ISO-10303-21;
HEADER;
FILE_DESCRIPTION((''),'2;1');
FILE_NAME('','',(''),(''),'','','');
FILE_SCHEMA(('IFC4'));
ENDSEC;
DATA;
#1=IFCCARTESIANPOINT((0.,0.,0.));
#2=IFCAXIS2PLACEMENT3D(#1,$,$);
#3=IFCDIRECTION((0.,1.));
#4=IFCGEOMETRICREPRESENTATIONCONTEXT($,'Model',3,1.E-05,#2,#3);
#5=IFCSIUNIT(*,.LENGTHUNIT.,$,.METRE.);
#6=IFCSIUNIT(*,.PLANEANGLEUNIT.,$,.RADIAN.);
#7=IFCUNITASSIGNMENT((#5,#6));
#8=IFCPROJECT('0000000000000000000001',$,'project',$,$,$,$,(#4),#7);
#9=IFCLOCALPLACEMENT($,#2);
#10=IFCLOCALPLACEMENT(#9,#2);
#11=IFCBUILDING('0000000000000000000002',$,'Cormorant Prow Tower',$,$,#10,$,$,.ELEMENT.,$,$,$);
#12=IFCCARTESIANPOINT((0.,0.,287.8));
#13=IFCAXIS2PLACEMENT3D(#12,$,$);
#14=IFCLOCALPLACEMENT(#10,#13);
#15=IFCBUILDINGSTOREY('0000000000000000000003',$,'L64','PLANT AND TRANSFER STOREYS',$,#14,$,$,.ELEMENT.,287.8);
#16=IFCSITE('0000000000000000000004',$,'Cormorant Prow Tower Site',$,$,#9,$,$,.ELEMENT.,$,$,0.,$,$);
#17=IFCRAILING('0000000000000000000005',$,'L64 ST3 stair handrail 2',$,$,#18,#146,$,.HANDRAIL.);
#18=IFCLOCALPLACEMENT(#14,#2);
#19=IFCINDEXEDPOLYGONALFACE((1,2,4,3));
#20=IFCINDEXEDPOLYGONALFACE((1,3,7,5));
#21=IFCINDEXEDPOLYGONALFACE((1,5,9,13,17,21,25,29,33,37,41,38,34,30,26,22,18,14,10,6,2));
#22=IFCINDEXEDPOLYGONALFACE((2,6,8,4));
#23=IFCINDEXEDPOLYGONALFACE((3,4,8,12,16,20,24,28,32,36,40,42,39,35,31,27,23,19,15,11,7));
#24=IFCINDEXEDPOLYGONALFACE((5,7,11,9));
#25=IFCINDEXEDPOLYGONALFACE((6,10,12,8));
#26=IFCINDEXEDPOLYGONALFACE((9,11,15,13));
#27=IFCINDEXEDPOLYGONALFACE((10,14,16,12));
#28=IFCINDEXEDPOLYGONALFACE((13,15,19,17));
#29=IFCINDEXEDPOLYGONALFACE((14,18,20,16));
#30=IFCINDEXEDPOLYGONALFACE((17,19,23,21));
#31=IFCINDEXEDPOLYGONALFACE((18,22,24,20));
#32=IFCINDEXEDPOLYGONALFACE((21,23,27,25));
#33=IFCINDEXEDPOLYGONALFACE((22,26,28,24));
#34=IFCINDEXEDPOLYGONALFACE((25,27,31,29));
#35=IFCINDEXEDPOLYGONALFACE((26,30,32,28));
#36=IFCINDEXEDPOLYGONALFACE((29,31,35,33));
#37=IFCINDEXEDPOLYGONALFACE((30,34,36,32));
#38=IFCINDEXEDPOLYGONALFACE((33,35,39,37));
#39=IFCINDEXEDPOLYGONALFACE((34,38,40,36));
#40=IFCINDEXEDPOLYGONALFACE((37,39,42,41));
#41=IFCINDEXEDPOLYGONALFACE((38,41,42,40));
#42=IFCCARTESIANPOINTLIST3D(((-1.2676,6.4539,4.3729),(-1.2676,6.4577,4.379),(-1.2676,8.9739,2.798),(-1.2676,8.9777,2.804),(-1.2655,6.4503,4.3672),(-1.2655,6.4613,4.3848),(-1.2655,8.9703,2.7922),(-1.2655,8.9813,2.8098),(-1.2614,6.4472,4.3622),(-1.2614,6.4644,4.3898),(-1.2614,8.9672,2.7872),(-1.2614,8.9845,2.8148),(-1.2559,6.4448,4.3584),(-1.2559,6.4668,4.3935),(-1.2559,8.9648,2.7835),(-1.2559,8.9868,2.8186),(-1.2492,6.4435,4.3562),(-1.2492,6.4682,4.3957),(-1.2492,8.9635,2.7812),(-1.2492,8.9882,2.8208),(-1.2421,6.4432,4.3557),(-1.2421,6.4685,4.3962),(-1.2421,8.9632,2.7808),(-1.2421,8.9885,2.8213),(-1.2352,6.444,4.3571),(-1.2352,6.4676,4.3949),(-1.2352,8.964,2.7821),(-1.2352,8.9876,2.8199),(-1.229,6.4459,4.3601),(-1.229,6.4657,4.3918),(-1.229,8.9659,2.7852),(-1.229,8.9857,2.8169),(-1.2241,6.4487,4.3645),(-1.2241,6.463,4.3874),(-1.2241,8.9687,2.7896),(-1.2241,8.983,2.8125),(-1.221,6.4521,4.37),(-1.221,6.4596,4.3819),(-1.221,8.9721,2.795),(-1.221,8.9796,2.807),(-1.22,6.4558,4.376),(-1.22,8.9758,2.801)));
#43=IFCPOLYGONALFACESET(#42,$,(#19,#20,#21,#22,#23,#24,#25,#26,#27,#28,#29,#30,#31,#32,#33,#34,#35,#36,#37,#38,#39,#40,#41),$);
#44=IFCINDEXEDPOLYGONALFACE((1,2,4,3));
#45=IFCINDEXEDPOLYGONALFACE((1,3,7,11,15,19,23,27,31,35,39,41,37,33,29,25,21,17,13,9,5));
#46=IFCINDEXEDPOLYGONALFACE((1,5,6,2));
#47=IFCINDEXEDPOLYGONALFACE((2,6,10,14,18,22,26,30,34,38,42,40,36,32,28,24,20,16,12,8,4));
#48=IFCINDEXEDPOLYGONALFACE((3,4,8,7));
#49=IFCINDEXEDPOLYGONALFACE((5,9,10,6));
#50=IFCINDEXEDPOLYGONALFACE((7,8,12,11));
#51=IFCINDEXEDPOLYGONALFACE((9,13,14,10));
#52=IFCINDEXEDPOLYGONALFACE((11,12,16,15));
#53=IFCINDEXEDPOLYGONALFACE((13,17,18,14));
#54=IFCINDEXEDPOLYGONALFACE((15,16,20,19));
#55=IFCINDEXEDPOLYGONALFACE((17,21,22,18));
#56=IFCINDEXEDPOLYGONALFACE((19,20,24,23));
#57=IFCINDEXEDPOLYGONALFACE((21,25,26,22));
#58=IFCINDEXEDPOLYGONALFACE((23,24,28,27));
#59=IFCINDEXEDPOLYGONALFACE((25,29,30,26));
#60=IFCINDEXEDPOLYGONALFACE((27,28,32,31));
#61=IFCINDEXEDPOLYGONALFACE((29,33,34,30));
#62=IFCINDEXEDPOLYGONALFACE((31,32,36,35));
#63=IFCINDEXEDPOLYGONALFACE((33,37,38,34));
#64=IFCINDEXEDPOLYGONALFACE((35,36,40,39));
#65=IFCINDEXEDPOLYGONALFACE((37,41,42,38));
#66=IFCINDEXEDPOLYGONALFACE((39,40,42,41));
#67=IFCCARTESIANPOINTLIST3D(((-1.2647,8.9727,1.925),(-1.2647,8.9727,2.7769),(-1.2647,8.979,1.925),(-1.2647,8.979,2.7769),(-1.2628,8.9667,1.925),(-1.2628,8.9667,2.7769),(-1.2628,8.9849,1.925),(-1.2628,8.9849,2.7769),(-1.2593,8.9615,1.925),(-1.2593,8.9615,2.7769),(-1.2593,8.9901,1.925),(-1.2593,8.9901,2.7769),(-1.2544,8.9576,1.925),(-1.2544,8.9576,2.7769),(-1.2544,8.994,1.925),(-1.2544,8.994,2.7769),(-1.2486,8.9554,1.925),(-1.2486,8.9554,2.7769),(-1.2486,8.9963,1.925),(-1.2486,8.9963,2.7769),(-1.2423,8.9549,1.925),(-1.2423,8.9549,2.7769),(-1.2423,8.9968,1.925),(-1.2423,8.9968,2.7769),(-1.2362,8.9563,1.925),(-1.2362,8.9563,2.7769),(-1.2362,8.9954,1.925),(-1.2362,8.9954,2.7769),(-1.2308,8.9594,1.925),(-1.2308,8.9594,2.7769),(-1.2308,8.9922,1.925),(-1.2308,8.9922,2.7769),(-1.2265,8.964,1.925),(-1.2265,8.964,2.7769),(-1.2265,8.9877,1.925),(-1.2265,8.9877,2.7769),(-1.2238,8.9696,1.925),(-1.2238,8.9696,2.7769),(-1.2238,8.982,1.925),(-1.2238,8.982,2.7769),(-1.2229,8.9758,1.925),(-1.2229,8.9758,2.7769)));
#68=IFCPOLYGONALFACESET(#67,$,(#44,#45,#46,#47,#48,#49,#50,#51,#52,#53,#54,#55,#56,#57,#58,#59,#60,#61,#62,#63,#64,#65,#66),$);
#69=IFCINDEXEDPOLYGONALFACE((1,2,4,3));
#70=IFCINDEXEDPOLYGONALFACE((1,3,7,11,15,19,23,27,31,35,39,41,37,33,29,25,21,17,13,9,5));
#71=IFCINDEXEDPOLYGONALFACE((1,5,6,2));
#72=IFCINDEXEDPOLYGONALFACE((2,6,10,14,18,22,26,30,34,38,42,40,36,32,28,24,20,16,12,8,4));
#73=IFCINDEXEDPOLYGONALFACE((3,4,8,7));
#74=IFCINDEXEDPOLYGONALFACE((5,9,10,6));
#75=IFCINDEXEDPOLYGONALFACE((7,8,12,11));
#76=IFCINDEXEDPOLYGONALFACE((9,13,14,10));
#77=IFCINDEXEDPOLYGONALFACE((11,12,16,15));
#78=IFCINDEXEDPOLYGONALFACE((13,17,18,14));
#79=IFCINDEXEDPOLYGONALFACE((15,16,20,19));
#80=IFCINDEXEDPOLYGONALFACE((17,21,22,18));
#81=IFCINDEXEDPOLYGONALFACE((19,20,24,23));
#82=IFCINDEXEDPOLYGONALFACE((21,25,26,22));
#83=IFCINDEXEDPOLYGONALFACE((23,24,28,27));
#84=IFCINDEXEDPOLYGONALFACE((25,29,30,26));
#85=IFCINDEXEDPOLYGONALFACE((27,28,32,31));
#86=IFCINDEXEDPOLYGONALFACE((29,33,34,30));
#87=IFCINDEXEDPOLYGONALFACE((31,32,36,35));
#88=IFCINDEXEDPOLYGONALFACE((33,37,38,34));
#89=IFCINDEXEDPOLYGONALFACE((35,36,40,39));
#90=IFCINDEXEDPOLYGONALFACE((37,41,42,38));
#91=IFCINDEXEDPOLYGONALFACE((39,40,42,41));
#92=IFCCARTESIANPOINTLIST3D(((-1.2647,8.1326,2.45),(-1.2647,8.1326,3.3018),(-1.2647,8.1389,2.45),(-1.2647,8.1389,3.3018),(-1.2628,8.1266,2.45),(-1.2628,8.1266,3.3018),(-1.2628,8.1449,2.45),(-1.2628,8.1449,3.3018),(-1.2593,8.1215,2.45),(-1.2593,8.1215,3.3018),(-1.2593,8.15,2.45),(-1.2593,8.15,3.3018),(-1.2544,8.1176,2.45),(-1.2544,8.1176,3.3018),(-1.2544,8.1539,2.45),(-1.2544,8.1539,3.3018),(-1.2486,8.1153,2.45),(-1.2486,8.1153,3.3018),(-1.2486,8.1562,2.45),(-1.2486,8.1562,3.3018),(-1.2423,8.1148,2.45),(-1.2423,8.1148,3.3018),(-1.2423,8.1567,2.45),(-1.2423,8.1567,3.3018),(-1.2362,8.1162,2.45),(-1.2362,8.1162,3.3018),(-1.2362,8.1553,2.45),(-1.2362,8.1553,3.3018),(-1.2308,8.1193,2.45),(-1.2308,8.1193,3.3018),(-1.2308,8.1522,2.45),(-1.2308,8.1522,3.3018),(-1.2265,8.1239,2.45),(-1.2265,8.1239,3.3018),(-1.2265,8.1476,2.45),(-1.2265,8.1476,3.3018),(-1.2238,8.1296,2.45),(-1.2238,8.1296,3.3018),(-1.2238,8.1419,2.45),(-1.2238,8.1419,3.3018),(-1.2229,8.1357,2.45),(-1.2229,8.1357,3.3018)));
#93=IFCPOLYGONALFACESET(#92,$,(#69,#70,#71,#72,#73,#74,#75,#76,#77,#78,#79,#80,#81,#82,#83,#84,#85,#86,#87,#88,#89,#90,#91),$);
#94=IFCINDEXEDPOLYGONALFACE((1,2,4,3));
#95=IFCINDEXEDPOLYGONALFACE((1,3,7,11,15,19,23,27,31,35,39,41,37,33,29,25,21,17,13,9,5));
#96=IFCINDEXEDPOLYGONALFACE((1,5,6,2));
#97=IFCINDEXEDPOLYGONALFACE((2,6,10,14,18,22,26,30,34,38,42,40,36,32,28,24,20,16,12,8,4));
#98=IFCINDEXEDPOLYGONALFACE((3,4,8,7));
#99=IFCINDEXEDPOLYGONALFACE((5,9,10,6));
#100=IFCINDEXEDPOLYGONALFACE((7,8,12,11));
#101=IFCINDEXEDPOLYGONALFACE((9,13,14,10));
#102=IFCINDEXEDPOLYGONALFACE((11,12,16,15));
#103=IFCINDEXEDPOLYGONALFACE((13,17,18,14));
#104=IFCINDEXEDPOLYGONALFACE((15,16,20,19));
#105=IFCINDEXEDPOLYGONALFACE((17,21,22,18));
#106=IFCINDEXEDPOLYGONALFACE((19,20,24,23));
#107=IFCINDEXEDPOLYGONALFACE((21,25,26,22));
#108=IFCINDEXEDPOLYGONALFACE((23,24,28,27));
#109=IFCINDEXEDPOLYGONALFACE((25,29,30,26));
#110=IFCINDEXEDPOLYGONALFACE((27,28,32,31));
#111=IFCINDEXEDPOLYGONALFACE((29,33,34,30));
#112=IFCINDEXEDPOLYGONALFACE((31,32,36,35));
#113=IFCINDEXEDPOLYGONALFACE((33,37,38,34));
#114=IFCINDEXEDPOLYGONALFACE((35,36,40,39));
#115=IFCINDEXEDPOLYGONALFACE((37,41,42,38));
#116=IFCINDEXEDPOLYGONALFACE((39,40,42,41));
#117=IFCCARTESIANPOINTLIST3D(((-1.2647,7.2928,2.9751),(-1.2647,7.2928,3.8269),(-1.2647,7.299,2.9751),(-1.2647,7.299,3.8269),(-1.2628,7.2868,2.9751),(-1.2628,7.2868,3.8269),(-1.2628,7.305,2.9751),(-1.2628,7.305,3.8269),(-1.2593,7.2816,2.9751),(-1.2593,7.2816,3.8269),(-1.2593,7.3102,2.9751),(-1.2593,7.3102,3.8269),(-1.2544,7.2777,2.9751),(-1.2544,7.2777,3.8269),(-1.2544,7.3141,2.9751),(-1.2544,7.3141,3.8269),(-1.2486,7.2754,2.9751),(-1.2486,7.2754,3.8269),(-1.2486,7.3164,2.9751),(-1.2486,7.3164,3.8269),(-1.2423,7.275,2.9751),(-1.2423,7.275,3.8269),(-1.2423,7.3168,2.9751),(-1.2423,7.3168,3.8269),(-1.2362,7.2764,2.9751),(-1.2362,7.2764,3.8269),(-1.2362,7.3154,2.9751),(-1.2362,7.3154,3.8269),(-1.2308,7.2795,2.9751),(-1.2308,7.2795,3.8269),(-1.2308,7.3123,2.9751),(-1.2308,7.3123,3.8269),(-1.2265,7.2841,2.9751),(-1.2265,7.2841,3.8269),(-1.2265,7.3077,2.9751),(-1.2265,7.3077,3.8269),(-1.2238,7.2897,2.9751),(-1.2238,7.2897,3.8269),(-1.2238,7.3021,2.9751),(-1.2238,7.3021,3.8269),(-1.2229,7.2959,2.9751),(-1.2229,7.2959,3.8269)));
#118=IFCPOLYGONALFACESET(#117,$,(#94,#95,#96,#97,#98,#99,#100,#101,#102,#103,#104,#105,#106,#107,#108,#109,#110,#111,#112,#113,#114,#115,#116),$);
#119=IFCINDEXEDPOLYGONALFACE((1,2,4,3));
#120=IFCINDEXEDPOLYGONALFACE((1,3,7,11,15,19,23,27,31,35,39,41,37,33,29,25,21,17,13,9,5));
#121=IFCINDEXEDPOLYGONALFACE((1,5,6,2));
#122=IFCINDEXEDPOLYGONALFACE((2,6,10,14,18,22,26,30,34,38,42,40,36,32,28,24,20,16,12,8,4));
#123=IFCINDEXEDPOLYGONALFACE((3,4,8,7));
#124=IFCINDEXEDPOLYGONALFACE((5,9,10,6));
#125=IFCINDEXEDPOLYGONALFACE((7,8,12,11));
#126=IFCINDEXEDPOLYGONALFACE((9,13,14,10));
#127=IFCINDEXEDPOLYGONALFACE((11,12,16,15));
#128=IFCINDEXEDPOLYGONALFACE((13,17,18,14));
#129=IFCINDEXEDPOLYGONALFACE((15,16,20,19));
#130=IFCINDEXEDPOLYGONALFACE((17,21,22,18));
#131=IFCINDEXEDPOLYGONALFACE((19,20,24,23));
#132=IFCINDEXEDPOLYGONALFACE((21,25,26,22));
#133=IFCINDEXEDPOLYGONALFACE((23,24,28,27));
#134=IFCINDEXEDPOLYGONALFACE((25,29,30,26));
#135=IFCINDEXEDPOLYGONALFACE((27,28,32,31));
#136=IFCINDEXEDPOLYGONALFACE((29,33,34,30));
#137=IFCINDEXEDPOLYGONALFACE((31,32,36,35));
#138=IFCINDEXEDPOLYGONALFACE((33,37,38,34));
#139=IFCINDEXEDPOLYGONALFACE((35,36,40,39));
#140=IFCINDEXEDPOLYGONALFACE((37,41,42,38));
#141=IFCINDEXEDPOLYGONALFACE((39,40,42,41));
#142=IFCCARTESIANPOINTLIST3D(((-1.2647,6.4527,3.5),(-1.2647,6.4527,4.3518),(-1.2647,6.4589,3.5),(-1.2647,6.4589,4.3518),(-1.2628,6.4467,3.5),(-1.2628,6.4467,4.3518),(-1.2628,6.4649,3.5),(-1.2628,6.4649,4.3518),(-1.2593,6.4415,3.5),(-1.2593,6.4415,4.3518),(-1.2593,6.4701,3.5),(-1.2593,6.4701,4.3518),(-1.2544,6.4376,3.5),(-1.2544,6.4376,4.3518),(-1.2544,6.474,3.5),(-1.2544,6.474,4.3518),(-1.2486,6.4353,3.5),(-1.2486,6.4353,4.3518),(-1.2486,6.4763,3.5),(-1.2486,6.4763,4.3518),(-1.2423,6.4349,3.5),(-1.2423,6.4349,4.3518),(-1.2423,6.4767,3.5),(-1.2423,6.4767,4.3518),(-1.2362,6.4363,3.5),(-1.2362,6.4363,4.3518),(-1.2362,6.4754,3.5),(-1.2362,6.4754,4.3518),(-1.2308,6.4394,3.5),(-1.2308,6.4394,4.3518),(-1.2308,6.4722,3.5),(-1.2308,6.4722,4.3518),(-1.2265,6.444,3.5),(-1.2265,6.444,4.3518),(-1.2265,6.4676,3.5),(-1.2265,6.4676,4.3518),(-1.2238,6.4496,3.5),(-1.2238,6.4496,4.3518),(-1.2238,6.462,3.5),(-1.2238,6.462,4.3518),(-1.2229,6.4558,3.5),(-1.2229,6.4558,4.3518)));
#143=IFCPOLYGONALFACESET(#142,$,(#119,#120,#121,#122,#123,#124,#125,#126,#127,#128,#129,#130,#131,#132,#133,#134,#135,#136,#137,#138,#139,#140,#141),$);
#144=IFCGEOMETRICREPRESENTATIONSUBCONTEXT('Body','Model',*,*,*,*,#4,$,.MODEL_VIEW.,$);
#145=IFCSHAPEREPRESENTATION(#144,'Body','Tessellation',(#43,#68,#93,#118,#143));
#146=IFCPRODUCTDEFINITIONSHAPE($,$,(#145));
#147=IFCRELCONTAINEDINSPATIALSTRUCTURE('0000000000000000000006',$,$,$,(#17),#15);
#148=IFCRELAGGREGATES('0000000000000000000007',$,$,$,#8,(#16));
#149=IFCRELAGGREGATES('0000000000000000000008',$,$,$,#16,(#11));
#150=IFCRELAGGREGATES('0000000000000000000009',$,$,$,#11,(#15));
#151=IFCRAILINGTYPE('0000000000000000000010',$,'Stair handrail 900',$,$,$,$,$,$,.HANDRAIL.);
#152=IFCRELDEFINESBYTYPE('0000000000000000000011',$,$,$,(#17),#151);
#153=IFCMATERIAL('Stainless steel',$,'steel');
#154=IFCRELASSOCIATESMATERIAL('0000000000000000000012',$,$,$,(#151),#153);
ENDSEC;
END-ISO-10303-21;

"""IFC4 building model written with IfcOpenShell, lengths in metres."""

from ifc_helpers import new_model, si_unit, direction, frame, origin, origin_2d, place, context, subcontext, project, spatial, circle, extrude, material, type_object, element, save


model = new_model("IFC4")

# Units and contexts
model_context = context("Model", 3, precision=1e-05, world=origin(), true_north=direction((0.0, 1.0)))
body_context = subcontext(model_context, "Body", "Model", "MODEL_VIEW")
ifc_project = project(units=[si_unit("LENGTHUNIT", "METRE"), si_unit("PLANEANGLEUNIT", "RADIAN")], contexts=[model_context])

# Site, building, storey
site_placement = place(None, origin())
site = spatial("IfcSite", under=ifc_project, at=site_placement, Name="Cormorant Prow Tower Site", CompositionType="ELEMENT", RefElevation=0.0)
building_placement = place(site_placement, origin())
building = spatial("IfcBuilding", under=site, at=building_placement, Name="Cormorant Prow Tower", CompositionType="ELEMENT")
storey_placement = place(building_placement, frame((0.0, 0.0, 287.8)))
storey = spatial("IfcBuildingStorey", under=building, at=storey_placement, Name="L64", Description="PLANT AND TRANSFER STOREYS", CompositionType="ELEMENT", Elevation=287.8)

# Railing
ifc_material_1 = material(Name="Stainless steel", Category="steel")
railing_type = type_object("IfcRailingType", Name="Stair handrail 900", PredefinedType="HANDRAIL", material=ifc_material_1)
for number, where, name in (
    (1, (-1.2439, 8.9758, 1.925), "L64 ST3 stair handrail 2"),
):
    element("IfcRailing", number, at=place(storey_placement, frame(where)), inside=storey, type_object=railing_type, Name=name, PredefinedType="HANDRAIL", context=body_context, shape_type="SweptSolid", body=[
        extrude(circle(Radius=0.0239, at=origin_2d()), frame((0.0, 0.0, 0.876), z_axis=(0.0, -0.848008, 0.529984), x_axis=(1.0, 0.0, 0.0)), (0.0, 0.0, 1.0), 2.9717),
        extrude(circle(Radius=0.021, at=origin_2d()), origin(), (0.0, 0.0, 1.0), 0.8518),
        extrude(circle(Radius=0.021, at=origin_2d()), frame((0.0, -0.8401, 0.5249)), (0.0, 0.0, 1.0), 0.8518),
        extrude(circle(Radius=0.021, at=origin_2d()), frame((0.0, -1.6799, 1.05)), (0.0, 0.0, 1.0), 0.8518),
        extrude(circle(Radius=0.021, at=origin_2d()), frame((0.0, -2.52, 1.575)), (0.0, 0.0, 1.0), 0.8518),
    ])

save(model, "model.ifc")
